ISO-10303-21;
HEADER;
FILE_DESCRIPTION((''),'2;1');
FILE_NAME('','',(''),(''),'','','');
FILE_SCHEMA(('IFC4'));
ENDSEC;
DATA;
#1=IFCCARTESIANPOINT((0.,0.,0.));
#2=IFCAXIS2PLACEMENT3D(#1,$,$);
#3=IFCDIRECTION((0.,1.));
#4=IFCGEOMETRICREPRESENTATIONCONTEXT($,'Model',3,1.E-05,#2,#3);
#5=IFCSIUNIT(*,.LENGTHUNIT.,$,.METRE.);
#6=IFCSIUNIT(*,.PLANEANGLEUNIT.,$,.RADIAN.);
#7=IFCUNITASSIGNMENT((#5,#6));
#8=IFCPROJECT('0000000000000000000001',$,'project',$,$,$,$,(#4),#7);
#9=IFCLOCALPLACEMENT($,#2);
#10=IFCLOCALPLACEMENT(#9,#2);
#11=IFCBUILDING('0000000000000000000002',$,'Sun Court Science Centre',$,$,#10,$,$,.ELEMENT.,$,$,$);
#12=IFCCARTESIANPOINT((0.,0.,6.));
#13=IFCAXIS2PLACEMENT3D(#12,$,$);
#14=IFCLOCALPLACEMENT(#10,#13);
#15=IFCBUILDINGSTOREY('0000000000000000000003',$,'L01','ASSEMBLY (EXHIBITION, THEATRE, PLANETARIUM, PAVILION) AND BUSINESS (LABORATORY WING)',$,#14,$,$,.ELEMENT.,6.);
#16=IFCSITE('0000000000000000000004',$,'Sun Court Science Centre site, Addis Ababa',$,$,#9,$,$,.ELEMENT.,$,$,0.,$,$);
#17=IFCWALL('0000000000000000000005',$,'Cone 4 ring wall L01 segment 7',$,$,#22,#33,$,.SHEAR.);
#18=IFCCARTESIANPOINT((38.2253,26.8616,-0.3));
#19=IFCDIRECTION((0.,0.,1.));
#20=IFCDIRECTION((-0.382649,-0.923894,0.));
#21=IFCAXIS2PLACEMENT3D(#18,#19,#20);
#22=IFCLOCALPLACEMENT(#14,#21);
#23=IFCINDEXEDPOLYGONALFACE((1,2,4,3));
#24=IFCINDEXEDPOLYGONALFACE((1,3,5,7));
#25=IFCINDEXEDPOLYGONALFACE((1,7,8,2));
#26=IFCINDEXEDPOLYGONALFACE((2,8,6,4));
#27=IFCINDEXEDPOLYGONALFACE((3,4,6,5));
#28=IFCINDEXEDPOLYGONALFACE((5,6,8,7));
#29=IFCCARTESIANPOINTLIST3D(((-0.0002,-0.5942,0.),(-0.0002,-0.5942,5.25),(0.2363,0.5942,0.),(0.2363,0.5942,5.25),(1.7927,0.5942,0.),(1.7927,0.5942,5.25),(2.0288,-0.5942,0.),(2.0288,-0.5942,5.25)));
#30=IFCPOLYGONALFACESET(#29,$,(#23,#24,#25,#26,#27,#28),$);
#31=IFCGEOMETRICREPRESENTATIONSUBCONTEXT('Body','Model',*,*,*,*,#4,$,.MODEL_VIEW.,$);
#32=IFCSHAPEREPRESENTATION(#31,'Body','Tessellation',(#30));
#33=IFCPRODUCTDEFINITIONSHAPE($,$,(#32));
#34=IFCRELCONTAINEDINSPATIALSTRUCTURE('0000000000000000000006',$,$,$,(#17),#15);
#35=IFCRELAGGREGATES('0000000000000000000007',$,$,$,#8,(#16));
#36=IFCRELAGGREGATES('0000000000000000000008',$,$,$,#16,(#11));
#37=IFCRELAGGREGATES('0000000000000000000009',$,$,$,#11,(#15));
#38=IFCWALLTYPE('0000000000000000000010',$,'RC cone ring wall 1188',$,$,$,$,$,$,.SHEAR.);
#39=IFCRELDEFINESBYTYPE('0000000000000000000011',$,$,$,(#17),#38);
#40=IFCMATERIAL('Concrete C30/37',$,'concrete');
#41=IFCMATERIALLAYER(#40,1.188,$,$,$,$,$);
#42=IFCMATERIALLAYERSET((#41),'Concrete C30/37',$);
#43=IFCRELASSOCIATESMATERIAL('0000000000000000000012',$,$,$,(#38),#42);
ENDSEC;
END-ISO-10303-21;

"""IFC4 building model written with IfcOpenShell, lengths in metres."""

from ifc_helpers import new_model, si_unit, direction, frame, origin, place, context, subcontext, project, spatial, polyline, outline, extrude, material, layer, layer_set, type_object, element, save


model = new_model("IFC4")

# Units and contexts
model_context = context("Model", 3, precision=1e-05, world=origin(), true_north=direction((0.0, 1.0)))
body_context = subcontext(model_context, "Body", "Model", "MODEL_VIEW")
ifc_project = project(units=[si_unit("LENGTHUNIT", "METRE"), si_unit("PLANEANGLEUNIT", "RADIAN")], contexts=[model_context])

# Site, building, storey
site_placement = place(None, origin())
site = spatial("IfcSite", under=ifc_project, at=site_placement, Name="Sun Court Science Centre site, Addis Ababa", CompositionType="ELEMENT", RefElevation=0.0)
building_placement = place(site_placement, origin())
building = spatial("IfcBuilding", under=site, at=building_placement, Name="Sun Court Science Centre", CompositionType="ELEMENT")
storey_placement = place(building_placement, frame((0.0, 0.0, 6.0)))
storey = spatial("IfcBuildingStorey", under=building, at=storey_placement, Name="L01", Description="ASSEMBLY (EXHIBITION, THEATRE, PLANETARIUM, PAVILION) AND BUSINESS (LABORATORY WING)", CompositionType="ELEMENT", Elevation=6.0)

# Wall
ifc_material_1 = material(Name="Concrete C30/37", Category="concrete")
ifc_layer_1 = layer(ifc_material_1, 1.188)
ifc_layer_set_1 = layer_set([ifc_layer_1], Name="Concrete C30/37")
wall_type_1 = type_object("IfcWallType", Name="RC cone ring wall 1188", PredefinedType="SHEAR", material=ifc_layer_set_1)
wall_1_placement = place(storey_placement, frame((38.2253, 26.8616, -0.3), z_axis=(0.0, 0.0, 1.0), x_axis=(-0.382649, -0.923894, 0.0)))
element("IfcWall", 1, at=wall_1_placement, inside=storey, type_object=wall_type_1, Name="Cone 4 ring wall L01 segment 7", PredefinedType="SHEAR", context=body_context, shape_type="SweptSolid", body=[
    extrude(outline(polyline([(-0.0002, -0.5942), (2.0288, -0.5942), (1.7927, 0.5942), (0.2363, 0.5942), (-0.0002, -0.5942)])), origin(), (0.0, 0.0, 1.0), 5.25),
])

save(model, "model.ifc")
